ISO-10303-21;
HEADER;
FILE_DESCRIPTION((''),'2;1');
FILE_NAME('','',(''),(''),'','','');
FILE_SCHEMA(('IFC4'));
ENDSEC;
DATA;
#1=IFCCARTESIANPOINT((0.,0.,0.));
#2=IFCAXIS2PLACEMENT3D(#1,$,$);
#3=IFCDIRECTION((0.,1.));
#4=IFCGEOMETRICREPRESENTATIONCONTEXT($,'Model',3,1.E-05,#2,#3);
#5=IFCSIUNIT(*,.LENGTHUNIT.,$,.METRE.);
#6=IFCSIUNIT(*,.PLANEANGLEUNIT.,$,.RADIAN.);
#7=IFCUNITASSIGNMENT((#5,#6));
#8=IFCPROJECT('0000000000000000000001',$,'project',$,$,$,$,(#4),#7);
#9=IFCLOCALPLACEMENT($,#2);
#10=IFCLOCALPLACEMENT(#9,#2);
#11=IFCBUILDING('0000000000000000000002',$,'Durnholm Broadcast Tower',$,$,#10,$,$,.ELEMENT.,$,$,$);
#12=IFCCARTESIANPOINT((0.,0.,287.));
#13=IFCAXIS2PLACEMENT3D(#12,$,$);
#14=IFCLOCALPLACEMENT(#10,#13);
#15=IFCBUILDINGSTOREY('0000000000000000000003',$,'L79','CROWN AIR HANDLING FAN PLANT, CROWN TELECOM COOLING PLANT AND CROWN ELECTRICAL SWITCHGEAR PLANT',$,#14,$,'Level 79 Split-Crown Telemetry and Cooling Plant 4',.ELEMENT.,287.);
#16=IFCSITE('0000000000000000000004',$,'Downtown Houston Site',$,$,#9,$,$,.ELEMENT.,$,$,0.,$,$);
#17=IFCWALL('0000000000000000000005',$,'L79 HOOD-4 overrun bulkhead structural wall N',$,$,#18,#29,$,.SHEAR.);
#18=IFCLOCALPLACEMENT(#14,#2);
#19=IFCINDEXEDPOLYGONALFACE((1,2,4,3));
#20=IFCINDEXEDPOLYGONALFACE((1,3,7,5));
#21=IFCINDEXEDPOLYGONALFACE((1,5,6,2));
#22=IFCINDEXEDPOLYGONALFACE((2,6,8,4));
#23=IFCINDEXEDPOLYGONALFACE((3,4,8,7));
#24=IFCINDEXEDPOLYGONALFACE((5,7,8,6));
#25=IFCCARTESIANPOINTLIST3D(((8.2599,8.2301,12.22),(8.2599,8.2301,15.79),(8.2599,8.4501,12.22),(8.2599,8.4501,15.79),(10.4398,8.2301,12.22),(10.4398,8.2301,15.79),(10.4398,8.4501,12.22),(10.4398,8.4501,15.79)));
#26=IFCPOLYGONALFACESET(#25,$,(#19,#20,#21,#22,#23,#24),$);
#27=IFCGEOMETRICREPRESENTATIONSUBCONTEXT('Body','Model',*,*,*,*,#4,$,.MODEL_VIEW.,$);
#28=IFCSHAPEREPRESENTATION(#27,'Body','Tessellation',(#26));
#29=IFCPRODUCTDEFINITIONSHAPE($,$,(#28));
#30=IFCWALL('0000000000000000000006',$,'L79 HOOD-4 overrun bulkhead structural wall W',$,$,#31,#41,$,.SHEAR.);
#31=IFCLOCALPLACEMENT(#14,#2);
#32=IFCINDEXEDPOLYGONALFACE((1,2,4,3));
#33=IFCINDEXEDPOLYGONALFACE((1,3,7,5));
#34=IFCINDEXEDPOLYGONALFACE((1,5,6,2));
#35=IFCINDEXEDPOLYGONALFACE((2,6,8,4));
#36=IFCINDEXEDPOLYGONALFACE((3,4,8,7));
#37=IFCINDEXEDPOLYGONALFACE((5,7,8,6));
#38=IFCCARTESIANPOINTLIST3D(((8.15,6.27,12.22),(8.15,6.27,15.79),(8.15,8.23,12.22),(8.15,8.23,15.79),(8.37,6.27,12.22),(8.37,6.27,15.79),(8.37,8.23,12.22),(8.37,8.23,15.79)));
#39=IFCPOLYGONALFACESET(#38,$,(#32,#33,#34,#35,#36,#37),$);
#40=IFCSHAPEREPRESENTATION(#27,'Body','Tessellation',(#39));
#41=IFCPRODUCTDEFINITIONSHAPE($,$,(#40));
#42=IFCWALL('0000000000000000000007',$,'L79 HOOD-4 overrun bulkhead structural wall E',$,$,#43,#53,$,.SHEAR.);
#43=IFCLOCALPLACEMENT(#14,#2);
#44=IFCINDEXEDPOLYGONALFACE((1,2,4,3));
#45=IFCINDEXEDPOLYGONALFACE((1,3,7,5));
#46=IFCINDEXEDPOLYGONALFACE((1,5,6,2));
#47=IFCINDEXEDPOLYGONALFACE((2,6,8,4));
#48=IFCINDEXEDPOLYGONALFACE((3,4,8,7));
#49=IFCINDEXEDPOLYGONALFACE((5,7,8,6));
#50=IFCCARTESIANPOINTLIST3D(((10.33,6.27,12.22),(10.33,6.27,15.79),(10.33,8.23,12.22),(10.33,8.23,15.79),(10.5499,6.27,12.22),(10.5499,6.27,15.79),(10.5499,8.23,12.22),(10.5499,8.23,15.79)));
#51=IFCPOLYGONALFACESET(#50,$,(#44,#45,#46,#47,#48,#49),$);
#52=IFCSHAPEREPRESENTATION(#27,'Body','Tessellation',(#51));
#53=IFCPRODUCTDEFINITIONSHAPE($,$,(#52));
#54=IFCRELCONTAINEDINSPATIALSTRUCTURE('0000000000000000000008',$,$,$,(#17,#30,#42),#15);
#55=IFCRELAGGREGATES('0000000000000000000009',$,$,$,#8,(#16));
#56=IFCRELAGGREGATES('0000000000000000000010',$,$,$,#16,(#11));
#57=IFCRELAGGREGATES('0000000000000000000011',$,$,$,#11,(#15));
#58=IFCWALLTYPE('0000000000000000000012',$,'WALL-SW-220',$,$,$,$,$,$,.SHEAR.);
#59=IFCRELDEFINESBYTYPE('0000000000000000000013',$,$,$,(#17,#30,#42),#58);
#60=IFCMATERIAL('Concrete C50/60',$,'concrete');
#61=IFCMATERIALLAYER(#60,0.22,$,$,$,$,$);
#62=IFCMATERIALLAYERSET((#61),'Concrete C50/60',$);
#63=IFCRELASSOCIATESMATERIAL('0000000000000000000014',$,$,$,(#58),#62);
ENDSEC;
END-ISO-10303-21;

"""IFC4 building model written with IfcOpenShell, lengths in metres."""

from ifc_helpers import new_model, si_unit, direction, frame, frame_2d, origin, place, context, subcontext, project, spatial, rectangle, extrude, material, layer, layer_set, type_object, element, save


model = new_model("IFC4")

# Units and contexts
model_context = context("Model", 3, precision=1e-05, world=origin(), true_north=direction((0.0, 1.0)))
body_context = subcontext(model_context, "Body", "Model", "MODEL_VIEW")
ifc_project = project(units=[si_unit("LENGTHUNIT", "METRE"), si_unit("PLANEANGLEUNIT", "RADIAN")], contexts=[model_context])

# Site, building, storey
site_placement = place(None, origin())
site = spatial("IfcSite", under=ifc_project, at=site_placement, Name="Downtown Houston Site", CompositionType="ELEMENT", RefElevation=0.0)
building_placement = place(site_placement, origin())
building = spatial("IfcBuilding", under=site, at=building_placement, Name="Durnholm Broadcast Tower", CompositionType="ELEMENT")
storey_placement = place(building_placement, frame((0.0, 0.0, 287.0)))
storey = spatial("IfcBuildingStorey", under=building, at=storey_placement, Name="L79", Description="CROWN AIR HANDLING FAN PLANT, CROWN TELECOM COOLING PLANT AND CROWN ELECTRICAL SWITCHGEAR PLANT", LongName="Level 79 Split-Crown Telemetry and Cooling Plant 4", CompositionType="ELEMENT", Elevation=287.0)

# Walls
ifc_material_1 = material(Name="Concrete C50/60", Category="concrete")
ifc_layer_1 = layer(ifc_material_1, 0.22)
ifc_layer_set_1 = layer_set([ifc_layer_1], Name="Concrete C50/60")
wall_type_1 = type_object("IfcWallType", Name="WALL-SW-220", PredefinedType="SHEAR", material=ifc_layer_set_1)
for number, where, z_axis, x_axis, name in (
    (1, (8.26, 8.3401, 12.22), (0.0, 0.0, 1.0), (1.0, 0.0, 0.0), "L79 HOOD-4 overrun bulkhead structural wall N"),
):
    element("IfcWall", number, at=place(storey_placement, frame(where, z_axis=z_axis, x_axis=x_axis)), inside=storey, type_object=wall_type_1, Name=name, PredefinedType="SHEAR", context=body_context, shape_type="SweptSolid", body=[
        extrude(rectangle(XDim=2.1799, YDim=0.22, at=frame_2d((1.0898, 0.0))), origin(), (0.0, 0.0, 1.0), 3.5701),
    ])
for number, where, z_axis, x_axis, name in (
    (2, (8.26, 6.27, 12.22), (0.0, 0.0, 1.0), (0.0, 1.0, 0.0), "L79 HOOD-4 overrun bulkhead structural wall W"),
    (3, (10.4399, 6.27, 12.22), (0.0, 0.0, 1.0), (0.0, 1.0, 0.0), "L79 HOOD-4 overrun bulkhead structural wall E"),
):
    element("IfcWall", number, at=place(storey_placement, frame(where, z_axis=z_axis, x_axis=x_axis)), inside=storey, type_object=wall_type_1, Name=name, PredefinedType="SHEAR", context=body_context, shape_type="SweptSolid", body=[
        extrude(rectangle(XDim=1.96, YDim=0.22, at=frame_2d((0.98, 0.0))), origin(), (0.0, 0.0, 1.0), 3.5701),
    ])

save(model, "model.ifc")
